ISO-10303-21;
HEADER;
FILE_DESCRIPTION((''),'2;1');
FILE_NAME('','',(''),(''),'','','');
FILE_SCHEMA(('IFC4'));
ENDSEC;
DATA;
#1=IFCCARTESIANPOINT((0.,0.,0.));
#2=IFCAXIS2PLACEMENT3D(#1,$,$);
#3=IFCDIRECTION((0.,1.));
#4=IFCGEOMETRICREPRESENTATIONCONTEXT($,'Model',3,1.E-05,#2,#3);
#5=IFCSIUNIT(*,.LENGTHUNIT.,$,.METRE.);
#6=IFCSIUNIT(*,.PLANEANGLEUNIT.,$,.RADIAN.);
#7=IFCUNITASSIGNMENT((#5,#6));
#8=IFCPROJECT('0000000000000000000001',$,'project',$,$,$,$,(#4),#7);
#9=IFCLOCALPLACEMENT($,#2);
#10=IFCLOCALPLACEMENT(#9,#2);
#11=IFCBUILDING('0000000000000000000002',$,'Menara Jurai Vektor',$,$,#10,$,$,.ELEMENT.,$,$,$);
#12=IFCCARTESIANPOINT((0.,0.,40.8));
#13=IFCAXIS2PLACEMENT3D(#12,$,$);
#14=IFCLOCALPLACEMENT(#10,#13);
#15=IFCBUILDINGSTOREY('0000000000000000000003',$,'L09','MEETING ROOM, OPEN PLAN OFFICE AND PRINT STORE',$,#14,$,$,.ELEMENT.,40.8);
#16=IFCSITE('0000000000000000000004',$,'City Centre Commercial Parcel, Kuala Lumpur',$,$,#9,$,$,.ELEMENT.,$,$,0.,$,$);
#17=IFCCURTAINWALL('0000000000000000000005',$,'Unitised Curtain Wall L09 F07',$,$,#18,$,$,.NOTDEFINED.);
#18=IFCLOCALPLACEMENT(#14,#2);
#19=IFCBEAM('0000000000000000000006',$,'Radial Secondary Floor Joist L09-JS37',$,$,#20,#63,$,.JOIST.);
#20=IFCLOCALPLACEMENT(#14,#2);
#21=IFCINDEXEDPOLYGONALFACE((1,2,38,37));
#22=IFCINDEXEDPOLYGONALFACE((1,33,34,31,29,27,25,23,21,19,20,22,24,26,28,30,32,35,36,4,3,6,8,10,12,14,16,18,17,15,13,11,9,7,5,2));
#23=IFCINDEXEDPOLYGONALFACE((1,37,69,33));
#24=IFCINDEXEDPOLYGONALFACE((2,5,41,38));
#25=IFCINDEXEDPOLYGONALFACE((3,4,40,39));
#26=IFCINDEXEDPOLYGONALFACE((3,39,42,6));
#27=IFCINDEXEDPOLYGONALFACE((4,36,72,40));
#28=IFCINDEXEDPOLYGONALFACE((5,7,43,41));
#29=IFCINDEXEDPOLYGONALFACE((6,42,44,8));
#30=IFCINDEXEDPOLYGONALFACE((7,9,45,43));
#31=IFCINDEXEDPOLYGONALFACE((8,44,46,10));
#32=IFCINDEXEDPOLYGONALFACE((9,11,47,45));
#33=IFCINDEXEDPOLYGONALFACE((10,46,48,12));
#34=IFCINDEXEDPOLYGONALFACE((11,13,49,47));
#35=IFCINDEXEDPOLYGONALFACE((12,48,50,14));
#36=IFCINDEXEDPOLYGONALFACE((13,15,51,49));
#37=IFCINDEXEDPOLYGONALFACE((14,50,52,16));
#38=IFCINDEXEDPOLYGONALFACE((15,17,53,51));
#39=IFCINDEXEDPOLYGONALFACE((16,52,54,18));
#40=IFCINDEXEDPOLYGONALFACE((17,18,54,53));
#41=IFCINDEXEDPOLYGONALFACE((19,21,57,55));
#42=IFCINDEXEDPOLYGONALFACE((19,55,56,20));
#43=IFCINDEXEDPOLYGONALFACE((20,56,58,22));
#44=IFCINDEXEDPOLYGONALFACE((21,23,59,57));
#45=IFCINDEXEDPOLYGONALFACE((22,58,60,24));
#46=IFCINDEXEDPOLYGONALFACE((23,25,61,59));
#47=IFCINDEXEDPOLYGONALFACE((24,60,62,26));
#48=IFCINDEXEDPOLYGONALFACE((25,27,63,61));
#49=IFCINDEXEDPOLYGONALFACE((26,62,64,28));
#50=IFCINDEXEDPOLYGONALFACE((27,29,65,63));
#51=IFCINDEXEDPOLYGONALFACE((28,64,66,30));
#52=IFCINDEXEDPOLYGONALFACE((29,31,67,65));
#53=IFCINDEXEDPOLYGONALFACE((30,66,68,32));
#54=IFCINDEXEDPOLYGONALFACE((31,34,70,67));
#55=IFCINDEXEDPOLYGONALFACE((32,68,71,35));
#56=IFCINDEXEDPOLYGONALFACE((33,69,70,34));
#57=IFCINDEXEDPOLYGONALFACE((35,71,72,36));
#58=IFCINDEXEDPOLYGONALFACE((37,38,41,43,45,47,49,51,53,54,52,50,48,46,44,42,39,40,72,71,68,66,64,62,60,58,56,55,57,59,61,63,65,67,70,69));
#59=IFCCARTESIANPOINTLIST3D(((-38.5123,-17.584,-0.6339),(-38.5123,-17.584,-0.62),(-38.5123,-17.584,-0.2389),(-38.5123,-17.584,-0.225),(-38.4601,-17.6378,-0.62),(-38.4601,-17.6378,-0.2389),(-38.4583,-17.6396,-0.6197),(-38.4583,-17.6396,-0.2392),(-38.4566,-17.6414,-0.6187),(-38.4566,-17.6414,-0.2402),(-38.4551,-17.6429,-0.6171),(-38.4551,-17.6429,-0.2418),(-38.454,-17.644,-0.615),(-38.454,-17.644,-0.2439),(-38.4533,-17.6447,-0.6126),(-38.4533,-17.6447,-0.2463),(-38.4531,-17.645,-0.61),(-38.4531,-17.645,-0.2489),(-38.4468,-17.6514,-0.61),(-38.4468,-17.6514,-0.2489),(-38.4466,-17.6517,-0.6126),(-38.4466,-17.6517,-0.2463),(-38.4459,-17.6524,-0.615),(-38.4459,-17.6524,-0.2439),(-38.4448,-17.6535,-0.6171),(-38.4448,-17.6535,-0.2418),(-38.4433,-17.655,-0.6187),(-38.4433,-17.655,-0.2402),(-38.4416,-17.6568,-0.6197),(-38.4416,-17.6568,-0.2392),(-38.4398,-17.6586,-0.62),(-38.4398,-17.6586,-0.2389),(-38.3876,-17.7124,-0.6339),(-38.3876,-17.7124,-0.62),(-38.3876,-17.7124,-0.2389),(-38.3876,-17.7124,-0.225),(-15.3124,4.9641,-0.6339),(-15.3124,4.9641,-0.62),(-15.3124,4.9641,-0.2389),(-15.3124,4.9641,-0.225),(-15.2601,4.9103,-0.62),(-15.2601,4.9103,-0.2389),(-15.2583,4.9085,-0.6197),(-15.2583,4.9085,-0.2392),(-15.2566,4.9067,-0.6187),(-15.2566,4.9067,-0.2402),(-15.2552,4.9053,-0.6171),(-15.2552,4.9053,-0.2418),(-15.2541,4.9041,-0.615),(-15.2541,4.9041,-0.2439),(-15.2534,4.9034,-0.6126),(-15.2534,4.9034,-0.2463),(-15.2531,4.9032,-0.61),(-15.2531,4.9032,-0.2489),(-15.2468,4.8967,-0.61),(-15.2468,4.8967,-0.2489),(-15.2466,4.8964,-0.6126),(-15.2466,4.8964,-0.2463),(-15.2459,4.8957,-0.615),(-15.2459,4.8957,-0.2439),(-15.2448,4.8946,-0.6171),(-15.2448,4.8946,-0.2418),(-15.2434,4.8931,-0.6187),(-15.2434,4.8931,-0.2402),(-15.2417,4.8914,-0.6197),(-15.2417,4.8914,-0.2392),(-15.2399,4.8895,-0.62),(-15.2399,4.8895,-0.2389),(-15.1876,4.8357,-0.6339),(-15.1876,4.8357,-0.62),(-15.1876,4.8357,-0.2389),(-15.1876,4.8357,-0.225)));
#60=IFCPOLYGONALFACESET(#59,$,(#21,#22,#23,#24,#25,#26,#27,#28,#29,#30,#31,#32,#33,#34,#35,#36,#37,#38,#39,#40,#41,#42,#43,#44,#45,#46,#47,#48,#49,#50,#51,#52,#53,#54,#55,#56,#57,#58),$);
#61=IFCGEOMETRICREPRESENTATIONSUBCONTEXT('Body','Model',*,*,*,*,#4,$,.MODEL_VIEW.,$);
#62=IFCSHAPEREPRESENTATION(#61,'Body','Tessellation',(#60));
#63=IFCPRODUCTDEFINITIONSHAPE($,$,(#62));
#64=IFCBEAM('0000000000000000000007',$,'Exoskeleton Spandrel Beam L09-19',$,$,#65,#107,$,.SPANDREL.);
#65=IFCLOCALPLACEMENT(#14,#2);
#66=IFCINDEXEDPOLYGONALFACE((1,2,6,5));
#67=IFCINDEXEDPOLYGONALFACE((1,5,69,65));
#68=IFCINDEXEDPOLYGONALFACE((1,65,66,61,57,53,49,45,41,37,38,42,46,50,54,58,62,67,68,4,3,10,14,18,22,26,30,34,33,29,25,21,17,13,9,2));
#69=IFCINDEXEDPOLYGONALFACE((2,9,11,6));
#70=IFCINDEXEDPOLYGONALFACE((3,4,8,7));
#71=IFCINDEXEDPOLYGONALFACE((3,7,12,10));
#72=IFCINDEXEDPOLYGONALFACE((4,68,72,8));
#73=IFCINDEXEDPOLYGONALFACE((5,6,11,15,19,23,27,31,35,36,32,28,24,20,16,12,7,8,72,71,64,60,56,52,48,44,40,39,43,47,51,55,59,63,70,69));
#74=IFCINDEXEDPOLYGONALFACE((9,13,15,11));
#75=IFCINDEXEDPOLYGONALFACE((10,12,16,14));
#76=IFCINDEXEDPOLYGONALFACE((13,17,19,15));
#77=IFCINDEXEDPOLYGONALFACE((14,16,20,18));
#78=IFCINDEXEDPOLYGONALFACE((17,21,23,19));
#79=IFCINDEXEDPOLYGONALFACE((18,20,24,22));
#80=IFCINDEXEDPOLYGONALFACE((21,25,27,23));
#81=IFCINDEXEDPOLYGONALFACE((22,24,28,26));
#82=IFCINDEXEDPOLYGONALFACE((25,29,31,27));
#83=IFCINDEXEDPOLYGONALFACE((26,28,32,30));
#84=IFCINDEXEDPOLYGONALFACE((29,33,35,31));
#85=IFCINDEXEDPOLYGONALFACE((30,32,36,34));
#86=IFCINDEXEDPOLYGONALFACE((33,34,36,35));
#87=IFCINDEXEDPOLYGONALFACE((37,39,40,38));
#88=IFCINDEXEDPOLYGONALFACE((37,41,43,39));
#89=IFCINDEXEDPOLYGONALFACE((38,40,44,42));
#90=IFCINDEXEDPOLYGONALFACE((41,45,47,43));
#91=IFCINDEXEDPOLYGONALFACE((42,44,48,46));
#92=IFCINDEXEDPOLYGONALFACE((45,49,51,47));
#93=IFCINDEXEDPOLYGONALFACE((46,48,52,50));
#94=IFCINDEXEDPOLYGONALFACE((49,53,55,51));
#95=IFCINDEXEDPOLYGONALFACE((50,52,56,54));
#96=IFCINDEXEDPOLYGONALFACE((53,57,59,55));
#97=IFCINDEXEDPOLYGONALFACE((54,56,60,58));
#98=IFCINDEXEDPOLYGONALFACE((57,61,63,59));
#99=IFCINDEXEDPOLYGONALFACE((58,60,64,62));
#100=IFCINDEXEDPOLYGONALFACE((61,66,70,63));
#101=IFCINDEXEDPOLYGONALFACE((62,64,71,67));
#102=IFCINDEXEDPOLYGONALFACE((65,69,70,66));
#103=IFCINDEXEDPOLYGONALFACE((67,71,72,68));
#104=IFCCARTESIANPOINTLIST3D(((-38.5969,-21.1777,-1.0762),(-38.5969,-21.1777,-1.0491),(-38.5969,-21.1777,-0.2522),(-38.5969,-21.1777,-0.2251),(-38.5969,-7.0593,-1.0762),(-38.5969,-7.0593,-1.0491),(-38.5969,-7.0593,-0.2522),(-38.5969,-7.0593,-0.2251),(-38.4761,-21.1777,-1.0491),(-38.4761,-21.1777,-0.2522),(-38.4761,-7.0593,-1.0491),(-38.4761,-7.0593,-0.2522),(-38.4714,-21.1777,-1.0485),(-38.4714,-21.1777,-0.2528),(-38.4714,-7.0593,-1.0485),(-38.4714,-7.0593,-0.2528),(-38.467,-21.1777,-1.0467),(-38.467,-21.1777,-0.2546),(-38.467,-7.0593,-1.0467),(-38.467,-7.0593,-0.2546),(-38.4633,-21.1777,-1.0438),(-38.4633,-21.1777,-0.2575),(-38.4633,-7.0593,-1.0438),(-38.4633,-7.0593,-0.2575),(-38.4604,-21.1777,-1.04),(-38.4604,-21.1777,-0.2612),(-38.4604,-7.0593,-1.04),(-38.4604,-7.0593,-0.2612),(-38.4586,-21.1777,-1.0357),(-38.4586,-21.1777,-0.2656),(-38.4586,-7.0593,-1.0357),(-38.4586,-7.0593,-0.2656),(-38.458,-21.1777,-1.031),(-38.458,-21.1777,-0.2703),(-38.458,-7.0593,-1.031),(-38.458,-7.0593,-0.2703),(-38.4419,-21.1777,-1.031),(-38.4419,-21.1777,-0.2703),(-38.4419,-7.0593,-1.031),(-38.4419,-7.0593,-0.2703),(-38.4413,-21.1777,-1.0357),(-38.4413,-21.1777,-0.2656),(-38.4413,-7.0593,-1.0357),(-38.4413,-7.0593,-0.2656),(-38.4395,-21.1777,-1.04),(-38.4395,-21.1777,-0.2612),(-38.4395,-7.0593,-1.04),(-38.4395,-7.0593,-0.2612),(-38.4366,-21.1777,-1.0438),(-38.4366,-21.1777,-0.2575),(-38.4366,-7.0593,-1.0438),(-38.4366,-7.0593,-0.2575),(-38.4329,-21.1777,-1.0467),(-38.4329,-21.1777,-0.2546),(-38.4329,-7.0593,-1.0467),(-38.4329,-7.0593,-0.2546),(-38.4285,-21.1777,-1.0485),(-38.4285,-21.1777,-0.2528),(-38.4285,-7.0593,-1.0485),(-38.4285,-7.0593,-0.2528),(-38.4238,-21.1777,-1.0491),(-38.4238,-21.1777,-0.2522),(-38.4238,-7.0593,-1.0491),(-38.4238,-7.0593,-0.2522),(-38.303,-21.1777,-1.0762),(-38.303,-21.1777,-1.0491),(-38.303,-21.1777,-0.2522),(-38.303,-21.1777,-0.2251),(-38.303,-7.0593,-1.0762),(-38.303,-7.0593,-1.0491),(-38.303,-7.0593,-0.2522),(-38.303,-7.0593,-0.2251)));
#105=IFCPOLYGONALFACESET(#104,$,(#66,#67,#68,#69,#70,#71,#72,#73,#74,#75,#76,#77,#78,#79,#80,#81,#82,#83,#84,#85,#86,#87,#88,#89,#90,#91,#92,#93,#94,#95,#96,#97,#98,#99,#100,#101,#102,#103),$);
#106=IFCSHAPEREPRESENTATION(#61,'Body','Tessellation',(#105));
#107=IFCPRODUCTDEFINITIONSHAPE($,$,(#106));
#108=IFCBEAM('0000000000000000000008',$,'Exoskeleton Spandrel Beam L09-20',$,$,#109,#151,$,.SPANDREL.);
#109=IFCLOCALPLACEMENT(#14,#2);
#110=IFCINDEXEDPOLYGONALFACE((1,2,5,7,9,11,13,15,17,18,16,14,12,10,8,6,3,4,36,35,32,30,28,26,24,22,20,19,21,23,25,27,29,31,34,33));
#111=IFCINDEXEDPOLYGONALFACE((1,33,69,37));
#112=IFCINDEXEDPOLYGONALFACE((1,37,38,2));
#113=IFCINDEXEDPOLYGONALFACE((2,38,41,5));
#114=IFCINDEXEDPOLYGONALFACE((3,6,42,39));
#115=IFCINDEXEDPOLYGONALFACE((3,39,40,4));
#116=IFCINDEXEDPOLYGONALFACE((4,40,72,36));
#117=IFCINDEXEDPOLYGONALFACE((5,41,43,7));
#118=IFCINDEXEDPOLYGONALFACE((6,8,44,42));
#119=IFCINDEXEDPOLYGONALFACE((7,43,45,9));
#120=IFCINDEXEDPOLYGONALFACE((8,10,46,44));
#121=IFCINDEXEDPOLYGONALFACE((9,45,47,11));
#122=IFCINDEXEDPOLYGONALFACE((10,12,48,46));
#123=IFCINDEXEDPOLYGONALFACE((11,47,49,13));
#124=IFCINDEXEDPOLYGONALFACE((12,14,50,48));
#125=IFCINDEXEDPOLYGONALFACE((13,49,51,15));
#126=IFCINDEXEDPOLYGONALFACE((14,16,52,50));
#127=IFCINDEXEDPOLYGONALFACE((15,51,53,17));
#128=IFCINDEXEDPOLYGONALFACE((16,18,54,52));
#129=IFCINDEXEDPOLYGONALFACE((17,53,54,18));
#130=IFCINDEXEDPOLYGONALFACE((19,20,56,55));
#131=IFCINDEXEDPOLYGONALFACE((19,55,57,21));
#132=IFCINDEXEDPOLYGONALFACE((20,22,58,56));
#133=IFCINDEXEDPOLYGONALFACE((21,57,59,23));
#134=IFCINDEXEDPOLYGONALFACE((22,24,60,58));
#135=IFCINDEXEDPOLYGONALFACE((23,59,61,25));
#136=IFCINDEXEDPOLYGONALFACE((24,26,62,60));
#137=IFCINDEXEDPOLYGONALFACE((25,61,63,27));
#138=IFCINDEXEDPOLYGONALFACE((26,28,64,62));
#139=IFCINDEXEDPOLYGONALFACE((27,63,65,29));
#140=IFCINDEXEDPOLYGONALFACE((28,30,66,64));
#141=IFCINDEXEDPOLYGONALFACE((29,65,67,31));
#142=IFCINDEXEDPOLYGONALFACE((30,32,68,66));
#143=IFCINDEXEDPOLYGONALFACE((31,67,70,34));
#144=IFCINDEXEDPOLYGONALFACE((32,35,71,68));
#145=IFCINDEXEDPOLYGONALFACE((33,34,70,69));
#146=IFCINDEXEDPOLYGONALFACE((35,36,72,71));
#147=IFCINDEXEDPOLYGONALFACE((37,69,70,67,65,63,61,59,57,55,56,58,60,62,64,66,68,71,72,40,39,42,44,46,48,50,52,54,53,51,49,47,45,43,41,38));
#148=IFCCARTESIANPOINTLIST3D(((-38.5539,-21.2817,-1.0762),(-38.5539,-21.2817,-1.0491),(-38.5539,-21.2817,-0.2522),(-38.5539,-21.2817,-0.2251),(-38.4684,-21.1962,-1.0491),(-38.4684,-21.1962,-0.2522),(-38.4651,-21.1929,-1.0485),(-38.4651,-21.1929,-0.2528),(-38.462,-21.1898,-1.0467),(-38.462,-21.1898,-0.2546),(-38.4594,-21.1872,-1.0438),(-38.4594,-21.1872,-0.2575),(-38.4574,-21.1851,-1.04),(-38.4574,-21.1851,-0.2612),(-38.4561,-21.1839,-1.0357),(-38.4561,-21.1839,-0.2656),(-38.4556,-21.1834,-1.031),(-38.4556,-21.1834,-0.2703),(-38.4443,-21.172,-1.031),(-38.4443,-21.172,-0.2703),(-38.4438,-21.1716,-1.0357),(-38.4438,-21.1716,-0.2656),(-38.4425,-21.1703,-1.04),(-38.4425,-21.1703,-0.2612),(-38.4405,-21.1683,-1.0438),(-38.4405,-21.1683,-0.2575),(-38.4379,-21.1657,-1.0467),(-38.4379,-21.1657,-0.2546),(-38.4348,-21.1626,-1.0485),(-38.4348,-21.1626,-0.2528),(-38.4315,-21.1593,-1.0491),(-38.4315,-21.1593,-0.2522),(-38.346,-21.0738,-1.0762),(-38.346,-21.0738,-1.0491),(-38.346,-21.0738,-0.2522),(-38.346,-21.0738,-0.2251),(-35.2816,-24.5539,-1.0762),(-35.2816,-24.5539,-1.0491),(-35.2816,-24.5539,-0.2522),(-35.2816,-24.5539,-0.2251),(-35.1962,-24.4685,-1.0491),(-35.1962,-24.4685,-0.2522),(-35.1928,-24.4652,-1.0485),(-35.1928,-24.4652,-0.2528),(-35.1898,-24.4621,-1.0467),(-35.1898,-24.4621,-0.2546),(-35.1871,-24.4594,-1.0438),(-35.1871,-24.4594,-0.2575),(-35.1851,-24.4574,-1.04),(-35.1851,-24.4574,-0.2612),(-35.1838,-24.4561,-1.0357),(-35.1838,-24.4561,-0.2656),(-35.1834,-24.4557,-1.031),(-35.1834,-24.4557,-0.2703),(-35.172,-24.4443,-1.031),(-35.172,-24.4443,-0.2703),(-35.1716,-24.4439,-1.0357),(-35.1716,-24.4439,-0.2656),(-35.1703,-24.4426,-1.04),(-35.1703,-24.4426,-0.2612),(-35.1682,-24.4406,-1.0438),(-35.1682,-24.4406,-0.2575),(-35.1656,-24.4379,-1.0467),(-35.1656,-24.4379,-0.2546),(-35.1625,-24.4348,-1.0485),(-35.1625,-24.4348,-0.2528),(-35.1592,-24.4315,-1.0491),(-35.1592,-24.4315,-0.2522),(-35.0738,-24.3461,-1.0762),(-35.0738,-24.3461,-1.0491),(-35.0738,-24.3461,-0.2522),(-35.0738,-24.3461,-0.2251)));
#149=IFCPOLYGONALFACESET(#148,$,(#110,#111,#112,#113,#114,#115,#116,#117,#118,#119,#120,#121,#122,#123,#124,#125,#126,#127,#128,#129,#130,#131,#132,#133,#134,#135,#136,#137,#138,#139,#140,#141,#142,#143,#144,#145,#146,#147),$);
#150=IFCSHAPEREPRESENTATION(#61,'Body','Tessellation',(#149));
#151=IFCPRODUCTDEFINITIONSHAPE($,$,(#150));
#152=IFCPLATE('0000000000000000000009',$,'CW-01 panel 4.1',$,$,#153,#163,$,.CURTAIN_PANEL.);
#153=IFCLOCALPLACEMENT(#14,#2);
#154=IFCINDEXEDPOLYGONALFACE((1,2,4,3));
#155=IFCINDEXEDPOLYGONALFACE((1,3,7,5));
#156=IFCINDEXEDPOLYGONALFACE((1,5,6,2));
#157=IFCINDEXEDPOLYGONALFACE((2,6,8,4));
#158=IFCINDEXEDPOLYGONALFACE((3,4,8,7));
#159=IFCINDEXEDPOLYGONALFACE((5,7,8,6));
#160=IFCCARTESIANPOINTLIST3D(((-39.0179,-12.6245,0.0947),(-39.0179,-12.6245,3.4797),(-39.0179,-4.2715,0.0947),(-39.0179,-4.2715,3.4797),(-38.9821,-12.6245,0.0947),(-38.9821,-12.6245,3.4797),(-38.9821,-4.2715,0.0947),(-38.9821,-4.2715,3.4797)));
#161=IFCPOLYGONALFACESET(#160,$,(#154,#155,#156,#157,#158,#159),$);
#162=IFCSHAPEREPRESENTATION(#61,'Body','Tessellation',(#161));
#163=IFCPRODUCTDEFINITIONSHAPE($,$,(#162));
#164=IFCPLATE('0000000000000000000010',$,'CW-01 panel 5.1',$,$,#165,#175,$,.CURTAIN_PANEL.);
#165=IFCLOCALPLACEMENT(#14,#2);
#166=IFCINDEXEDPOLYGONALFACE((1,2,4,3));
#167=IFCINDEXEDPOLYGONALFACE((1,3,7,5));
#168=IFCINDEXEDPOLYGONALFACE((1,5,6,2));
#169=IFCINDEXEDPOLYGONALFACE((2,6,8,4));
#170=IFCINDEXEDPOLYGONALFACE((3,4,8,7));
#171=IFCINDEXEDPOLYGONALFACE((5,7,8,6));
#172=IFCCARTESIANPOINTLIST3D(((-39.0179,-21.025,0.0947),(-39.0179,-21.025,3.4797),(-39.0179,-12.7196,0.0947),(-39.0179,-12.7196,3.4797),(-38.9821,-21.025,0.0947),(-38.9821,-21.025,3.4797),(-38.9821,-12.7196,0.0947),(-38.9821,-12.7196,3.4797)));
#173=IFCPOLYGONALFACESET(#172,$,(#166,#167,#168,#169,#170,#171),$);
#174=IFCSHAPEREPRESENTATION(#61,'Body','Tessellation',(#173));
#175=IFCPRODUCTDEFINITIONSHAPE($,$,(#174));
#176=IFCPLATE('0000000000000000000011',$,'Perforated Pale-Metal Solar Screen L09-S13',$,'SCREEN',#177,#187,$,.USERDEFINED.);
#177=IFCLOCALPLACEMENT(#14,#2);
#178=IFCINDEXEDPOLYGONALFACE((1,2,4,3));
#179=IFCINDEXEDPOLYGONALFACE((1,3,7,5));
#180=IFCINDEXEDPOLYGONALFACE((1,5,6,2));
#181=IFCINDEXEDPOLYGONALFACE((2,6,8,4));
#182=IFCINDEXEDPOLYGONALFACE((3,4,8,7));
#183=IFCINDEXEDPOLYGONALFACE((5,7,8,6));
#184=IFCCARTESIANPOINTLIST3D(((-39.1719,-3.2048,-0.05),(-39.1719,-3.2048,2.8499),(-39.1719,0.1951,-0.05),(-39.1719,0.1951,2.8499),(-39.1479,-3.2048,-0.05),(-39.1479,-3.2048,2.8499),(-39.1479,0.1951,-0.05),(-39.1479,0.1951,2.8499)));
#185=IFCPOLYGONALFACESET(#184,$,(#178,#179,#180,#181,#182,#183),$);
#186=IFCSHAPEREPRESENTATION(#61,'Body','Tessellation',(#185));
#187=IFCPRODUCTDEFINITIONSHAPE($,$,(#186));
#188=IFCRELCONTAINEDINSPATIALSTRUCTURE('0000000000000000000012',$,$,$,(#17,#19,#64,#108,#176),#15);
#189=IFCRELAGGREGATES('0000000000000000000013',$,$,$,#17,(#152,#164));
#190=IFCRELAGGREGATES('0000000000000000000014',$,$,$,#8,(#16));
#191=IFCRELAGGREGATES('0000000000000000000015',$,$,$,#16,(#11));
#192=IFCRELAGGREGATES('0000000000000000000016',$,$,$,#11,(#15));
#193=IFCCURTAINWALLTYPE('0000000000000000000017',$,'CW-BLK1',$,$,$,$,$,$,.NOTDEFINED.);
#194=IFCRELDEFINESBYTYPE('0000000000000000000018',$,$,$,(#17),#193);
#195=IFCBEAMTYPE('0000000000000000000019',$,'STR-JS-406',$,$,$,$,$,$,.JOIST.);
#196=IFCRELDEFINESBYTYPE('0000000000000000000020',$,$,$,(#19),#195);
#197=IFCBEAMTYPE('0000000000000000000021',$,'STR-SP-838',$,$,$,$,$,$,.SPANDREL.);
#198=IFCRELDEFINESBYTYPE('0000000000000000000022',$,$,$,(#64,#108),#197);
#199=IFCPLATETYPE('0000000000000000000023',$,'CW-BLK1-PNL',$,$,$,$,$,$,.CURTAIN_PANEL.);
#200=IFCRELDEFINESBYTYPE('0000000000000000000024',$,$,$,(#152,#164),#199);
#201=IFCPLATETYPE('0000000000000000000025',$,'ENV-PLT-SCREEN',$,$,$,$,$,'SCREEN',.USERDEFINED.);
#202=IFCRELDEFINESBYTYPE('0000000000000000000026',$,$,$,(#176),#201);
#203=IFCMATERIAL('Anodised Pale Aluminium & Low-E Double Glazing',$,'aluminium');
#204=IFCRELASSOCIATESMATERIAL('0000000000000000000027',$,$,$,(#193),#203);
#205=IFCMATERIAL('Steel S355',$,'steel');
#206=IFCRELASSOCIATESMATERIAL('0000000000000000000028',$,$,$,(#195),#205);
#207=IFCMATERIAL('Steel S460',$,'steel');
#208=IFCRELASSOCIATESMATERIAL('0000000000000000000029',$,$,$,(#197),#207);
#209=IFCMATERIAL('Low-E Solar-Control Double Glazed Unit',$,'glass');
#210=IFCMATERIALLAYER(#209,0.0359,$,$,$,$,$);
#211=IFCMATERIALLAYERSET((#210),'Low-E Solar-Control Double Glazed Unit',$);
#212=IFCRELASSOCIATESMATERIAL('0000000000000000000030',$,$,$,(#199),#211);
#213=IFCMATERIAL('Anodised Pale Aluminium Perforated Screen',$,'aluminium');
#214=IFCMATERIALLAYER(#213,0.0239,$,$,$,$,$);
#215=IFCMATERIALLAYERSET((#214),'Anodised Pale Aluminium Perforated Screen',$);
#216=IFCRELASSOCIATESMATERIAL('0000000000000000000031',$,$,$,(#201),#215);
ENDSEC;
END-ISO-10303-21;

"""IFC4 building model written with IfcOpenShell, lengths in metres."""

from ifc_helpers import new_model, si_unit, direction, frame, origin, origin_2d, place, context, subcontext, project, spatial, rectangle, i_section, extrude, material, layer, layer_set, material_profile, profile_set, type_object, element, aggregate, save


model = new_model("IFC4")

# Units and contexts
model_context = context("Model", 3, precision=1e-05, world=origin(), true_north=direction((0.0, 1.0)))
body_context = subcontext(model_context, "Body", "Model", "MODEL_VIEW")
ifc_project = project(units=[si_unit("LENGTHUNIT", "METRE"), si_unit("PLANEANGLEUNIT", "RADIAN")], contexts=[model_context])

# Site, building, storey
site_placement = place(None, origin())
site = spatial("IfcSite", under=ifc_project, at=site_placement, Name="City Centre Commercial Parcel, Kuala Lumpur", CompositionType="ELEMENT", RefElevation=0.0)
building_placement = place(site_placement, origin())
building = spatial("IfcBuilding", under=site, at=building_placement, Name="Menara Jurai Vektor", CompositionType="ELEMENT")
storey_placement = place(building_placement, frame((0.0, 0.0, 40.8)))
storey = spatial("IfcBuildingStorey", under=building, at=storey_placement, Name="L09", Description="MEETING ROOM, OPEN PLAN OFFICE AND PRINT STORE", CompositionType="ELEMENT", Elevation=40.8)

# Shared definitions
ifc_material_1 = material(Name="Steel S460", Category="steel")

# Curtain wall
ifc_material_2 = material(Name="Anodised Pale Aluminium & Low-E Double Glazing", Category="aluminium")
curtain_wall_type = type_object("IfcCurtainWallType", Name="CW-BLK1", PredefinedType="NOTDEFINED", material=ifc_material_2)
curtain_wall_1_placement = place(storey_placement, origin())
curtain_wall_1 = element("IfcCurtainWall", 1, at=curtain_wall_1_placement, inside=storey, type_object=curtain_wall_type, Name="Unitised Curtain Wall L09 F07", PredefinedType="NOTDEFINED")

# Beams
ifc_material_3 = material(Name="Steel S355", Category="steel")
ifc_material_profile_1 = material_profile(ifc_material_3, i_section(OverallWidth=0.179, OverallDepth=0.4089, WebThickness=0.009, FlangeThickness=0.0139, FilletRadius=0.01, at=origin_2d()), Name="UKB 406x178x67")
ifc_profile_set_1 = profile_set([ifc_material_profile_1], Name="Steel S355")
beam_type_1 = type_object("IfcBeamType", Name="STR-JS-406", PredefinedType="JOIST", material=ifc_profile_set_1)
beam_1_placement = place(storey_placement, frame((-38.45, -17.6482, -0.4294), z_axis=(0.717109, 0.696961, 0.0), x_axis=(-0.696961, 0.717109, 0.0)))
element("IfcBeam", 2, at=beam_1_placement, inside=storey, type_object=beam_type_1, Name="Radial Secondary Floor Joist L09-JS37", PredefinedType="JOIST", context=body_context, shape_type="SweptSolid", body=[
    extrude(i_section(OverallWidth=0.179, OverallDepth=0.4089, WebThickness=0.009, FlangeThickness=0.0139, FilletRadius=0.01, at=origin_2d()), origin(), (0.0, 0.0, 1.0), 32.3521),
])
ifc_material_profile_2 = material_profile(ifc_material_1, i_section(OverallWidth=0.2939, OverallDepth=0.8511, WebThickness=0.0161, FlangeThickness=0.0271, FilletRadius=0.0181, at=origin_2d()), Name="UKB 838x292x226")
ifc_profile_set_2 = profile_set([ifc_material_profile_2], Name="Steel S460")
beam_type_2 = type_object("IfcBeamType", Name="STR-SP-838", PredefinedType="SPANDREL", material=ifc_profile_set_2)
beam_2_placement = place(storey_placement, frame((-38.45, -7.0593, -0.6506), z_axis=(0.0, -1.0, 0.0), x_axis=(1.0, 0.0, 0.0)))
element("IfcBeam", 3, at=beam_2_placement, inside=storey, type_object=beam_type_2, Name="Exoskeleton Spandrel Beam L09-19", PredefinedType="SPANDREL", context=body_context, shape_type="SweptSolid", body=[
    extrude(i_section(OverallWidth=0.2939, OverallDepth=0.8511, WebThickness=0.0161, FlangeThickness=0.0271, FilletRadius=0.0181, at=origin_2d()), origin(), (0.0, 0.0, 1.0), 14.1184),
])
beam_3_placement = place(storey_placement, frame((-38.45, -21.1777, -0.6506), z_axis=(0.707107, -0.707107, 0.0), x_axis=(0.707107, 0.707107, 0.0)))
element("IfcBeam", 4, at=beam_3_placement, inside=storey, type_object=beam_type_2, Name="Exoskeleton Spandrel Beam L09-20", PredefinedType="SPANDREL", context=body_context, shape_type="SweptSolid", body=[
    extrude(i_section(OverallWidth=0.2939, OverallDepth=0.8511, WebThickness=0.0161, FlangeThickness=0.0271, FilletRadius=0.0181, at=origin_2d()), origin(), (0.0, 0.0, 1.0), 4.6277),
])

# Plates
ifc_material_4 = material(Name="Low-E Solar-Control Double Glazed Unit", Category="glass")
ifc_layer_1 = layer(ifc_material_4, 0.0359)
ifc_layer_set_1 = layer_set([ifc_layer_1], Name="Low-E Solar-Control Double Glazed Unit")
plate_type_1 = type_object("IfcPlateType", Name="CW-BLK1-PNL", PredefinedType="CURTAIN_PANEL", material=ifc_layer_set_1)
plate_1_placement = place(storey_placement, frame((-39.0, -8.448, 0.0947), z_axis=(0.0, 0.0, 1.0), x_axis=(0.0, -1.0, 0.0)))
plate_1 = element("IfcPlate", 5, at=plate_1_placement, type_object=plate_type_1, Name="CW-01 panel 4.1", PredefinedType="CURTAIN_PANEL", context=body_context, shape_type="SweptSolid", body=[
    extrude(rectangle(XDim=8.353, YDim=0.0359, at=origin_2d()), origin(), (0.0, 0.0, 1.0), 3.385),
])
plate_2_placement = place(storey_placement, frame((-39.0, -16.8723, 0.0947), z_axis=(0.0, 0.0, 1.0), x_axis=(0.0, -1.0, 0.0)))
plate_2 = element("IfcPlate", 6, at=plate_2_placement, type_object=plate_type_1, Name="CW-01 panel 5.1", PredefinedType="CURTAIN_PANEL", context=body_context, shape_type="SweptSolid", body=[
    extrude(rectangle(XDim=8.3054, YDim=0.0359, at=origin_2d()), origin(), (0.0, 0.0, 1.0), 3.385),
])
aggregate(curtain_wall_1, [plate_1, plate_2])

# Plate
ifc_material_5 = material(Name="Anodised Pale Aluminium Perforated Screen", Category="aluminium")
ifc_layer_2 = layer(ifc_material_5, 0.0239)
ifc_layer_set_2 = layer_set([ifc_layer_2], Name="Anodised Pale Aluminium Perforated Screen")
plate_type_2 = type_object("IfcPlateType", Name="ENV-PLT-SCREEN", ElementType="SCREEN", PredefinedType="USERDEFINED", material=ifc_layer_set_2)
for number, where, z_axis, x_axis, name in (
    (7, (-39.1599, -1.5049, -0.05), (0.0, 0.0, 1.0), (0.0, -1.0, 0.0), "Perforated Pale-Metal Solar Screen L09-S13"),
):
    element("IfcPlate", number, at=place(storey_placement, frame(where, z_axis=z_axis, x_axis=x_axis)), inside=storey, type_object=plate_type_2, Name=name, ObjectType="SCREEN", PredefinedType="USERDEFINED", context=body_context, shape_type="SweptSolid", body=[
        extrude(rectangle(XDim=3.3999, YDim=0.0239, at=origin_2d()), origin(), (0.0, 0.0, 1.0), 2.8999),
    ])

save(model, "model.ifc")
